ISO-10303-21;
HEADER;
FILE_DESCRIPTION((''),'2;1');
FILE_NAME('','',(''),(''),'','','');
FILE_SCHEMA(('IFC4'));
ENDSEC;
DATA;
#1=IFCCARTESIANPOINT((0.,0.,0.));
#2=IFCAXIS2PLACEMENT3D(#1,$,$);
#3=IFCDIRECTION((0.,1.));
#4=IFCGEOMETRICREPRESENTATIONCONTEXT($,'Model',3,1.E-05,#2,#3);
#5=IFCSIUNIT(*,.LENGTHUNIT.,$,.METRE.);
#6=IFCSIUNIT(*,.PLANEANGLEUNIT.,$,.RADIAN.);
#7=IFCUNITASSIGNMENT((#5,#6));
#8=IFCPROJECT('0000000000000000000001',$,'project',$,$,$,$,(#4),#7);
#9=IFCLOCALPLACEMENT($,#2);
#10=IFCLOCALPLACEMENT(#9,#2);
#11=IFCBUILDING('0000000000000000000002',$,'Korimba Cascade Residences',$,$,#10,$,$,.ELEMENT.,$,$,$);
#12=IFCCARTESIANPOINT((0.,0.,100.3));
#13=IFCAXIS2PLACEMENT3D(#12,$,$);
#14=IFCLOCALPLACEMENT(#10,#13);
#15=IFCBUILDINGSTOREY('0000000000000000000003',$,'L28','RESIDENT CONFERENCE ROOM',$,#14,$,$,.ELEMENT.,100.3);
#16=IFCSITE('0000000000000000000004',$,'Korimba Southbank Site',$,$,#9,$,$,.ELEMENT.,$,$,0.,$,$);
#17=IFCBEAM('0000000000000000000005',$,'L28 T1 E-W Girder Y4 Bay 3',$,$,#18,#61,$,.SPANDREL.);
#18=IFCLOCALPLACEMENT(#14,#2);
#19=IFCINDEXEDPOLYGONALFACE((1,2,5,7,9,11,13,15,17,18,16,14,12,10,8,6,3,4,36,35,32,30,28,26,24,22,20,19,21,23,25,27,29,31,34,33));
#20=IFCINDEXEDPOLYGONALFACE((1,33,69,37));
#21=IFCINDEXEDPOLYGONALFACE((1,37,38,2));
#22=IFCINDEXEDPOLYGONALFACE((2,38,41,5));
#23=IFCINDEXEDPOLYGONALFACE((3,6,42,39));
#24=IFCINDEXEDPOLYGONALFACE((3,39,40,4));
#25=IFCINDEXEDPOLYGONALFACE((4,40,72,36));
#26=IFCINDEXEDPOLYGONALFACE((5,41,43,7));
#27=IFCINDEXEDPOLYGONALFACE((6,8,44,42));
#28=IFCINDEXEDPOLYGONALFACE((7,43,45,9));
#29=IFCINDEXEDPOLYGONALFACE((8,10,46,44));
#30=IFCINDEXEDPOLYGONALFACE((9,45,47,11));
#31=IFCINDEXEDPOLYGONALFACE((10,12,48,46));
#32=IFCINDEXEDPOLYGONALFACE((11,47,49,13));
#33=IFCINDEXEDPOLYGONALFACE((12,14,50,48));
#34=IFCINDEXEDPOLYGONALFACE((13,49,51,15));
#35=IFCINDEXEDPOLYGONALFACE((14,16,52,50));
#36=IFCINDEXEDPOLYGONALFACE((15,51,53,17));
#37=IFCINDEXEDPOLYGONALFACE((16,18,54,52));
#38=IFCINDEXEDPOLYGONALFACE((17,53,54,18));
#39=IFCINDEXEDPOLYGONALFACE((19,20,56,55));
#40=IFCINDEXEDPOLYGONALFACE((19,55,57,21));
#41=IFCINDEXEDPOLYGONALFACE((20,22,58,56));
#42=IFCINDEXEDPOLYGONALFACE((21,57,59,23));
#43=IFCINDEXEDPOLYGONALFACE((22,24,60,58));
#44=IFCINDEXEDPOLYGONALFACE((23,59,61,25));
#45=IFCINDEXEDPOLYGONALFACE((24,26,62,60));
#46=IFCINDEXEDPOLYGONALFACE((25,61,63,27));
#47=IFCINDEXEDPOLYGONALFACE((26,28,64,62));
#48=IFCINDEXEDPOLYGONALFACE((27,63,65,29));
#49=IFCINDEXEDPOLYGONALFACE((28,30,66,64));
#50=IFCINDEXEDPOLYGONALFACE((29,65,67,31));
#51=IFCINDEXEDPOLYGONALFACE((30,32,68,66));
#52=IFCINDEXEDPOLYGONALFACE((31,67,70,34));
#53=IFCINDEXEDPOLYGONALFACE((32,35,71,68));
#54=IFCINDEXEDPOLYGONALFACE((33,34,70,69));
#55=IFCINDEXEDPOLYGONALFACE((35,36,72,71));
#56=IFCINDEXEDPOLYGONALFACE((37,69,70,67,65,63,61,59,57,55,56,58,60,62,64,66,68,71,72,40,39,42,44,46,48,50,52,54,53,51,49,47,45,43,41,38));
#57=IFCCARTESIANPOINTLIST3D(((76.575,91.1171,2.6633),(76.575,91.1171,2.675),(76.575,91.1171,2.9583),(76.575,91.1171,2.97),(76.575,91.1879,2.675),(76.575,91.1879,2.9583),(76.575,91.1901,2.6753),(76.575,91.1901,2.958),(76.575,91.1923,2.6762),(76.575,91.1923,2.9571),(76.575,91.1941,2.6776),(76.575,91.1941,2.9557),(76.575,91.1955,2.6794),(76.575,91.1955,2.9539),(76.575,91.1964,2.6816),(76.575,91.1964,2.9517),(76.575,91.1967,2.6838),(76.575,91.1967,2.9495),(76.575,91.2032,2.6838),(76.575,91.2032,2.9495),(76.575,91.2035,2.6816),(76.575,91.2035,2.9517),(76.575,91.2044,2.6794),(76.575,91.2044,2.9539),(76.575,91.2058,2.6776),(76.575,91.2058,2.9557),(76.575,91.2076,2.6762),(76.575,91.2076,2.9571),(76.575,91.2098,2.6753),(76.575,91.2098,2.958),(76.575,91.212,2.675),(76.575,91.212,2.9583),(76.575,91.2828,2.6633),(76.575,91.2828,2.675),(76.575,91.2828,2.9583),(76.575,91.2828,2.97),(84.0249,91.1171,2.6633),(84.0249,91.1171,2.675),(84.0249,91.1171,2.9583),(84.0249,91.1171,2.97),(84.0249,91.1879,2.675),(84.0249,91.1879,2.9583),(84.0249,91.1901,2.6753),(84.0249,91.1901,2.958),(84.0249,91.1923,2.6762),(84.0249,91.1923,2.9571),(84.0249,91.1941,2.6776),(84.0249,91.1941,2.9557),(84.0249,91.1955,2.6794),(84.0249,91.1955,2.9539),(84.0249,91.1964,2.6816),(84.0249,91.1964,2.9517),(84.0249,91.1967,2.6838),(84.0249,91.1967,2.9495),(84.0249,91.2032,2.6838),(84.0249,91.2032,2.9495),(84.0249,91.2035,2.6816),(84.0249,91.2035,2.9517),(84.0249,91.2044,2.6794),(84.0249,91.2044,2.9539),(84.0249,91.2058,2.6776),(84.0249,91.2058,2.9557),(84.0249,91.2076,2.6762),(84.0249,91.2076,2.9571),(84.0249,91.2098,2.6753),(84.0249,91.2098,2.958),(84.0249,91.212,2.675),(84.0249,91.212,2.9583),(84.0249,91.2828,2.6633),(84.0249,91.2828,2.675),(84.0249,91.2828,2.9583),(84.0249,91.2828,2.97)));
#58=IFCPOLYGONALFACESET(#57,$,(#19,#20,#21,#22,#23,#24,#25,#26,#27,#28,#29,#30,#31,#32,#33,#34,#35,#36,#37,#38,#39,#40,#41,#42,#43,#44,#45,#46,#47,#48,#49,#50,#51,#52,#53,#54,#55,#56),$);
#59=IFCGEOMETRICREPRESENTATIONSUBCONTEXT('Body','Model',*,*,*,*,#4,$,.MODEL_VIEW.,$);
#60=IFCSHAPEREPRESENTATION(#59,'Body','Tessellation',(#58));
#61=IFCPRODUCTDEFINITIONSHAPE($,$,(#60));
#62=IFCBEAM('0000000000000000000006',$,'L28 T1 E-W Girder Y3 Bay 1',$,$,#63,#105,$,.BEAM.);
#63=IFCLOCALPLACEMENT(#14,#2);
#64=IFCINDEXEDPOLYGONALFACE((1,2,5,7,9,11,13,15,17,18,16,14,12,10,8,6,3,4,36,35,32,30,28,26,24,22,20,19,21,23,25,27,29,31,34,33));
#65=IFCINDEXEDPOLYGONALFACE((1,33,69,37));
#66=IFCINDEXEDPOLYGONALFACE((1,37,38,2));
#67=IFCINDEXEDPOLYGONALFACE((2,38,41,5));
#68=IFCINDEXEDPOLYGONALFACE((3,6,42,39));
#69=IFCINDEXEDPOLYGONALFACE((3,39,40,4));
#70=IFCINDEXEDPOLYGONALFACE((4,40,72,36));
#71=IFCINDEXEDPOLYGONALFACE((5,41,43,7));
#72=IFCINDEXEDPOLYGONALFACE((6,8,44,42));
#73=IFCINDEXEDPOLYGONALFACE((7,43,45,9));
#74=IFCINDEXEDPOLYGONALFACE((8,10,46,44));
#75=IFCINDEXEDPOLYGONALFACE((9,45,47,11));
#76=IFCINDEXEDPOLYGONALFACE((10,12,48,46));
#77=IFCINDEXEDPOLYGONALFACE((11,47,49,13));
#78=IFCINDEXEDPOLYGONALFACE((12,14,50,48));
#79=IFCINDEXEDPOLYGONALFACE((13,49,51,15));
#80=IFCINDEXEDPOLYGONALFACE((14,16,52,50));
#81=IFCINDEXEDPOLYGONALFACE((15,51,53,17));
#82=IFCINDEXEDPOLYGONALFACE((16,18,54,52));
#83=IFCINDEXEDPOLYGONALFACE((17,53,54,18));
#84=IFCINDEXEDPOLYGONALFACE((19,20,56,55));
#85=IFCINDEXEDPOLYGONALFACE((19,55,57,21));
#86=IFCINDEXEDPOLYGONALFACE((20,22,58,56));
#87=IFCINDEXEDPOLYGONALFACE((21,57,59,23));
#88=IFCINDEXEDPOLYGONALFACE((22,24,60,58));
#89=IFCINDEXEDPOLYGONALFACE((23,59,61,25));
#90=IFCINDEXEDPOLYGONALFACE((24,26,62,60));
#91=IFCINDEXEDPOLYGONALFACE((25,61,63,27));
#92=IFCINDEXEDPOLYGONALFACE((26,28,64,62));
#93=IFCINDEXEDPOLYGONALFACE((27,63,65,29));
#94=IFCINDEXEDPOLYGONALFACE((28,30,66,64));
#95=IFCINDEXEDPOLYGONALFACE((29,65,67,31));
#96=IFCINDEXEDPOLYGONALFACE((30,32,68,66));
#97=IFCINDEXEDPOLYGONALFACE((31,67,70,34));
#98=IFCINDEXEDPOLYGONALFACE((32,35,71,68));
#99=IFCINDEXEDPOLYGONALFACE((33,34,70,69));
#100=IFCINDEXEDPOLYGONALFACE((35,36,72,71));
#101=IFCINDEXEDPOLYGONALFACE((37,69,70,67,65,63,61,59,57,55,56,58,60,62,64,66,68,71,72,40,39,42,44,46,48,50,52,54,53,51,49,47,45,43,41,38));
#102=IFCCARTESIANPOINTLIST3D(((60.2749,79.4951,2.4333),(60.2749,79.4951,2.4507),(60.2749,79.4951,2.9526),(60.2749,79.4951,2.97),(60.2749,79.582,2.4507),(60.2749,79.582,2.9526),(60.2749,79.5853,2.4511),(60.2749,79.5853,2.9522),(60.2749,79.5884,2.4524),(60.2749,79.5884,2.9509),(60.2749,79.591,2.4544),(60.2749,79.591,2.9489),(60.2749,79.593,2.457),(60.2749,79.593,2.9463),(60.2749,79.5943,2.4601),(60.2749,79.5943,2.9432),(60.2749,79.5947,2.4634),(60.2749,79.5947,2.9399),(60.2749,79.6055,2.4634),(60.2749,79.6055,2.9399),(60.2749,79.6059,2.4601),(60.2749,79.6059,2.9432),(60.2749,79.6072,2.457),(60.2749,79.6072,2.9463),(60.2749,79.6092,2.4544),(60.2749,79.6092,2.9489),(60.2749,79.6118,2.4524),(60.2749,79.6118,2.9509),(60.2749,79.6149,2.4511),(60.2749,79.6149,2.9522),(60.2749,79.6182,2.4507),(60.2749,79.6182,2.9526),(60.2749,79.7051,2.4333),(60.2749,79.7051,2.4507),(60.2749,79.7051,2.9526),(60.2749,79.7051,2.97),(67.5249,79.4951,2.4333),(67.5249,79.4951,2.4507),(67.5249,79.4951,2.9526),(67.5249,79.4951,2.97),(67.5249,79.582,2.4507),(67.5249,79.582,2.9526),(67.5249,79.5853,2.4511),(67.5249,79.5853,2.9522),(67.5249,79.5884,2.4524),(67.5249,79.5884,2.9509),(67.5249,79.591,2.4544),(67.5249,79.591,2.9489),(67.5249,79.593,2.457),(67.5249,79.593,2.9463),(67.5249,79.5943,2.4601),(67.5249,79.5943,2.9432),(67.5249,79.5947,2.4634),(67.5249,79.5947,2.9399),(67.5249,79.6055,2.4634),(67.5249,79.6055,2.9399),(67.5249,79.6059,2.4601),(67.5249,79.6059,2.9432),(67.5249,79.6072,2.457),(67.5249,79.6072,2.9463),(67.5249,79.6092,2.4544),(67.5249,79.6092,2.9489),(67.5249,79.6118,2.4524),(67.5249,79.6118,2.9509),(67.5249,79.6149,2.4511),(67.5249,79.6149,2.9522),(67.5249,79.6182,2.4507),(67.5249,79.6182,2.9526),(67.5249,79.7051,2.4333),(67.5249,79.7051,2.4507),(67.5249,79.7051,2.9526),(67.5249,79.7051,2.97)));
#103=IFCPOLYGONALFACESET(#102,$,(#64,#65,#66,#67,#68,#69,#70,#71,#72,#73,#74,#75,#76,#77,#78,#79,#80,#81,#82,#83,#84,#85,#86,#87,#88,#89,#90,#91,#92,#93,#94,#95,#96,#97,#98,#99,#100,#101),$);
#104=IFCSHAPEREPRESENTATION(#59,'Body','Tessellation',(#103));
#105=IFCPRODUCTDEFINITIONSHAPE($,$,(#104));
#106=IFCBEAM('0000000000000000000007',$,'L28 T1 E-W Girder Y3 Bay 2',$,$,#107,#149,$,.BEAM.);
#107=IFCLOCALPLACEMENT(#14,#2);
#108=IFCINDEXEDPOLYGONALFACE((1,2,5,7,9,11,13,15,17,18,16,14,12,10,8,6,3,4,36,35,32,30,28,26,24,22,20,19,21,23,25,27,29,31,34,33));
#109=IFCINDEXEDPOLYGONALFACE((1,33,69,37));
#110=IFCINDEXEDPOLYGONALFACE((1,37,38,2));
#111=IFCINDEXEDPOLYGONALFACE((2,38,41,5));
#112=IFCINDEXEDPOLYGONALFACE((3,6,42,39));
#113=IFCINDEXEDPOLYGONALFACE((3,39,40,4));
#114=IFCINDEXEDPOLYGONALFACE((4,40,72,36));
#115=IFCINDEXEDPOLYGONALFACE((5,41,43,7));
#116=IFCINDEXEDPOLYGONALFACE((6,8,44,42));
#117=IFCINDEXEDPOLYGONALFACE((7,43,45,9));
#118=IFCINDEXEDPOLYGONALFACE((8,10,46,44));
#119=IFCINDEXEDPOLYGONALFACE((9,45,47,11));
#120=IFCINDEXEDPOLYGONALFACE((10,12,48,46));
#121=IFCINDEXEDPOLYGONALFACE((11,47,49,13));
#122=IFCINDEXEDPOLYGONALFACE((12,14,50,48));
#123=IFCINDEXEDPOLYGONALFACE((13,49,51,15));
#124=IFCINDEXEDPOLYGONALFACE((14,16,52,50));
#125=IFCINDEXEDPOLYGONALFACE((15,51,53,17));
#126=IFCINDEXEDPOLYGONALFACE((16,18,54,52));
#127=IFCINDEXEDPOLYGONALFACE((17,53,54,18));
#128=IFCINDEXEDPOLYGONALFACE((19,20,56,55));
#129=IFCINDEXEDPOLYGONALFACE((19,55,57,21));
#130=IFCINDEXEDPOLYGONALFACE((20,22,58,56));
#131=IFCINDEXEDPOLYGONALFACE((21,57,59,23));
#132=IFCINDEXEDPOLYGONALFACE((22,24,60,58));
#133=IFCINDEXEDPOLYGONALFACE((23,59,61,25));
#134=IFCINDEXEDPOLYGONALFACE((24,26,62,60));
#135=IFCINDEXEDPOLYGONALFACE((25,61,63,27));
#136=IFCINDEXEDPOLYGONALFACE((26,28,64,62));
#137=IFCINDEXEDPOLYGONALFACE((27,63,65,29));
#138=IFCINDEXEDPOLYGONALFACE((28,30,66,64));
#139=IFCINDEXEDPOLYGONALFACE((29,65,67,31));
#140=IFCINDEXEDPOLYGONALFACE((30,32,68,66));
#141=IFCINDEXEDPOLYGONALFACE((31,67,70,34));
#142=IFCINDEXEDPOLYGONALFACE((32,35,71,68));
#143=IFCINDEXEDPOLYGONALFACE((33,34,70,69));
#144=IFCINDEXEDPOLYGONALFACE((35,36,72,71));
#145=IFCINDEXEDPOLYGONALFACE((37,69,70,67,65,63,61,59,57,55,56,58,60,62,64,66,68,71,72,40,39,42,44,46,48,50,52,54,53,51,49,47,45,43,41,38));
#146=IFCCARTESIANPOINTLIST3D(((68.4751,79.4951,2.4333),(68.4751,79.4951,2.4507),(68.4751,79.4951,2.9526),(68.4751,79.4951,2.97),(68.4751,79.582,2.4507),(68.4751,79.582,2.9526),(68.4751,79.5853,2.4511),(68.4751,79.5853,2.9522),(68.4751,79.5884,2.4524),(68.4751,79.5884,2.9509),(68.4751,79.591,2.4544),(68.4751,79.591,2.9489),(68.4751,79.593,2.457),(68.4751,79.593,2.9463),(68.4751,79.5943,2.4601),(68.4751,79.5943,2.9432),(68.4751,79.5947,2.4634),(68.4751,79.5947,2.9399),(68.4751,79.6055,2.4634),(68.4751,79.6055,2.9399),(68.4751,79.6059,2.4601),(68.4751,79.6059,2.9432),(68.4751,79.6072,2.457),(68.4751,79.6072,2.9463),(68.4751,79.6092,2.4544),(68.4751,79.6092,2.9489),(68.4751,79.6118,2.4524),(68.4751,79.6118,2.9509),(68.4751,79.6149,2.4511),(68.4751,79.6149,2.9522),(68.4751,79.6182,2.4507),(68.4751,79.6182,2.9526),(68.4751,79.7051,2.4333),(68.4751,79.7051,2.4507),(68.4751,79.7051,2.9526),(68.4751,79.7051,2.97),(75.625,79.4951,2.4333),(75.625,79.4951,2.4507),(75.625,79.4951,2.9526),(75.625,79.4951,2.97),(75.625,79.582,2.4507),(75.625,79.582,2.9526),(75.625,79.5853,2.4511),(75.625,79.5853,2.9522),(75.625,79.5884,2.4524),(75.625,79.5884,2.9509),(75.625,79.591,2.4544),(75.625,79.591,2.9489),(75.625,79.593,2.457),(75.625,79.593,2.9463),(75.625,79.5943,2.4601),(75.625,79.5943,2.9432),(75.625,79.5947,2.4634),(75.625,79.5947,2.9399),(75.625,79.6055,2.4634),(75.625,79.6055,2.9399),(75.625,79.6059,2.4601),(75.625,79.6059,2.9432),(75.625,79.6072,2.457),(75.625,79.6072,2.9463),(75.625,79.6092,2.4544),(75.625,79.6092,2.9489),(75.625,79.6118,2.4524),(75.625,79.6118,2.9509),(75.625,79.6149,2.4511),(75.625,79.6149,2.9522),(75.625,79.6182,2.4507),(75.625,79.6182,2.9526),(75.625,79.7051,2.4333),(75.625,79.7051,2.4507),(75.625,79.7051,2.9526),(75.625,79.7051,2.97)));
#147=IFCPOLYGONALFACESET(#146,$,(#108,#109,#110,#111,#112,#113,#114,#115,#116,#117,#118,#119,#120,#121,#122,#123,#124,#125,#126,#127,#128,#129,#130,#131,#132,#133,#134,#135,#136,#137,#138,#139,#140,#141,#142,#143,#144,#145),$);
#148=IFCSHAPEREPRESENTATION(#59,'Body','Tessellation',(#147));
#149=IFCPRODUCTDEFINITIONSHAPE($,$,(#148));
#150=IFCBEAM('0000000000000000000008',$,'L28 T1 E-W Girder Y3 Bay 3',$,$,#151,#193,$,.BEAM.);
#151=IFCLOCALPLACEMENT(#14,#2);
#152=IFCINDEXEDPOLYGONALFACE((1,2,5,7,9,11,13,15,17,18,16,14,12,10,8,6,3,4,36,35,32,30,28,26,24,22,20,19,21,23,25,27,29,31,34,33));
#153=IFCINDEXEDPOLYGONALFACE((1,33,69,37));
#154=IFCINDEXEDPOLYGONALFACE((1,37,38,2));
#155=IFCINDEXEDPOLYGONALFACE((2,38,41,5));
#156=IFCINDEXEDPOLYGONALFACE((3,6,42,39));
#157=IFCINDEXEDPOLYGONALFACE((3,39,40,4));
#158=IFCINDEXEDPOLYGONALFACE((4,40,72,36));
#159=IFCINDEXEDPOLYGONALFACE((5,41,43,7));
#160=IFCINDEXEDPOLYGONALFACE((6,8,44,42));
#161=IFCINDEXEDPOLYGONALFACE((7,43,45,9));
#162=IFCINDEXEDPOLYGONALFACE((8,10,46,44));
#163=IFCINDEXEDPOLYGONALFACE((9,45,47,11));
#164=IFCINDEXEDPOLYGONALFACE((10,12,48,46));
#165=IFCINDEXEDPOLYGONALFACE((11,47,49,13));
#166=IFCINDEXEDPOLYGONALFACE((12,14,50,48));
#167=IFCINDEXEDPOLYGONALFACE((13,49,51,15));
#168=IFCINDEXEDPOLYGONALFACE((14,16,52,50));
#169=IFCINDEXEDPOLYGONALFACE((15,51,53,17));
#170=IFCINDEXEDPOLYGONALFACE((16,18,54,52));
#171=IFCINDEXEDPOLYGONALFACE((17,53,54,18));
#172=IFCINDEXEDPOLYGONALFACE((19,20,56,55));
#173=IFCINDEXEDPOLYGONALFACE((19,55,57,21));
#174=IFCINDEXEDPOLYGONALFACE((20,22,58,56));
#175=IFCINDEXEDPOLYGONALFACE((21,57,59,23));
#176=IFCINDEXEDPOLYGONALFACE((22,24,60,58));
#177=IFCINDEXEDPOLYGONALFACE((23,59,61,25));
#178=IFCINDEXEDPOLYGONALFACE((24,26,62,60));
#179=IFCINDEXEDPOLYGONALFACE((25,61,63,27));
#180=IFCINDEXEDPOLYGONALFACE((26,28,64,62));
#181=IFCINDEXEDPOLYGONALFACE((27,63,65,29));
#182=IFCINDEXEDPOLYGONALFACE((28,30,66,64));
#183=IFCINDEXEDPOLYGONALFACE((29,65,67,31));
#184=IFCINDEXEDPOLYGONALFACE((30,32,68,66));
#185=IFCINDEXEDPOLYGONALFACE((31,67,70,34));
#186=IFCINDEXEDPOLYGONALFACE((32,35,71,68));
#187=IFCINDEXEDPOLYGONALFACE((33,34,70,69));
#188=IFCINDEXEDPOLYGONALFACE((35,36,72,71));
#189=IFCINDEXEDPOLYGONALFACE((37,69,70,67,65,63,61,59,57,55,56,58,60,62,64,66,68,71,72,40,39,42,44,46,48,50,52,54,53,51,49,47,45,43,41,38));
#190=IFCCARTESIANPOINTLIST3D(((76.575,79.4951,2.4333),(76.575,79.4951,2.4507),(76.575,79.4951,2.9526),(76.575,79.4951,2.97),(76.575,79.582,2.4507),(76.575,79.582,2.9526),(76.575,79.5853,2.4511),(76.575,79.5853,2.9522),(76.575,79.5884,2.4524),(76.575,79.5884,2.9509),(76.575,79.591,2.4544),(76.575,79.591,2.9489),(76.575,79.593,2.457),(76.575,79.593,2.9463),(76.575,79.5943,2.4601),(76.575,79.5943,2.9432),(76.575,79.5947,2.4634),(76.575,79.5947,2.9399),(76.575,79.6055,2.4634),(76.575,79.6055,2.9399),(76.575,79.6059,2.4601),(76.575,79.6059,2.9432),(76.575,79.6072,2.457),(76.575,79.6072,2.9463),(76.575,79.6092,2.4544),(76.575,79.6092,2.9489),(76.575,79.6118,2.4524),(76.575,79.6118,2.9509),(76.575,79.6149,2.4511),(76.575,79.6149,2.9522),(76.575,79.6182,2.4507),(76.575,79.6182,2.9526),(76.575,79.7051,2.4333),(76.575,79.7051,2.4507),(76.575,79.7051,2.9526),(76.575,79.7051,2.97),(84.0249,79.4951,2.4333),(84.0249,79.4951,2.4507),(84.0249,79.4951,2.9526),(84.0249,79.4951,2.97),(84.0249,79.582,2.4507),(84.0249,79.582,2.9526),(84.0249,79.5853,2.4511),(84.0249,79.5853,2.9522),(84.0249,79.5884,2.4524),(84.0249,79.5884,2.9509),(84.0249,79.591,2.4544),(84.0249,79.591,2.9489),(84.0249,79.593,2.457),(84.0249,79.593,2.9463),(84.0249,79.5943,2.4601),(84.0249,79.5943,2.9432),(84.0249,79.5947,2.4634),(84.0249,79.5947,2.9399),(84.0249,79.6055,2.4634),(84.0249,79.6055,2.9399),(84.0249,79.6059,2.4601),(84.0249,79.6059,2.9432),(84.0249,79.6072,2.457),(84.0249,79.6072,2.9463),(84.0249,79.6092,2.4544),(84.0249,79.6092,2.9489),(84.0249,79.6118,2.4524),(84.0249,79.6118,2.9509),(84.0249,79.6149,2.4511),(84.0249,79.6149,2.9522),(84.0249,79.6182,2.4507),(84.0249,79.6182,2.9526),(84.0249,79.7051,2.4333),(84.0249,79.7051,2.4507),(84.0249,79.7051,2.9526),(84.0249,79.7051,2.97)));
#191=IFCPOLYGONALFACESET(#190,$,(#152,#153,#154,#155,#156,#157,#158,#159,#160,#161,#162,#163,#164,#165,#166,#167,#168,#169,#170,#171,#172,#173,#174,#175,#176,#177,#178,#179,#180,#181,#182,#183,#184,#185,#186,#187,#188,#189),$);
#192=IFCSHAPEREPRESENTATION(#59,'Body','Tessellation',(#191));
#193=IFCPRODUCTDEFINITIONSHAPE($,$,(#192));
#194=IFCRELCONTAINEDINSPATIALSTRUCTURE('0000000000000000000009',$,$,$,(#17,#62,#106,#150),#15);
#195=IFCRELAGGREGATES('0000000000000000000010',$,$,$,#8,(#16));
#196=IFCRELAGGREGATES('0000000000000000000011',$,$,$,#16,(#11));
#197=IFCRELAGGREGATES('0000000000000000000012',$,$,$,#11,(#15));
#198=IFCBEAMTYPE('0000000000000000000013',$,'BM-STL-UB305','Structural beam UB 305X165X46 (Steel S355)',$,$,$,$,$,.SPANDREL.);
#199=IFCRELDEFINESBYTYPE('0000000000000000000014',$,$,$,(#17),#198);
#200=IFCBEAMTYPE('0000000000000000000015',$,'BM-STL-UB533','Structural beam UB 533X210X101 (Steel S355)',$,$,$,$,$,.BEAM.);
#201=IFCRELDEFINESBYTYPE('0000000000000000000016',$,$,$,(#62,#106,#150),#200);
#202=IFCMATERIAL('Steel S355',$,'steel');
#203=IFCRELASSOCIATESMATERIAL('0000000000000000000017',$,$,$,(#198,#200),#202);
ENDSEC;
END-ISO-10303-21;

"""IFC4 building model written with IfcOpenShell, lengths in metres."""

from ifc_helpers import new_model, si_unit, direction, frame, origin, origin_2d, place, context, subcontext, project, spatial, i_section, extrude, material, material_profile, profile_set, type_object, element, save


model = new_model("IFC4")

# Units and contexts
model_context = context("Model", 3, precision=1e-05, world=origin(), true_north=direction((0.0, 1.0)))
body_context = subcontext(model_context, "Body", "Model", "MODEL_VIEW")
ifc_project = project(units=[si_unit("LENGTHUNIT", "METRE"), si_unit("PLANEANGLEUNIT", "RADIAN")], contexts=[model_context])

# Site, building, storey
site_placement = place(None, origin())
site = spatial("IfcSite", under=ifc_project, at=site_placement, Name="Korimba Southbank Site", CompositionType="ELEMENT", RefElevation=0.0)
building_placement = place(site_placement, origin())
building = spatial("IfcBuilding", under=site, at=building_placement, Name="Korimba Cascade Residences", CompositionType="ELEMENT")
storey_placement = place(building_placement, frame((0.0, 0.0, 100.3)))
storey = spatial("IfcBuildingStorey", under=building, at=storey_placement, Name="L28", Description="RESIDENT CONFERENCE ROOM", CompositionType="ELEMENT", Elevation=100.3)

# Beams
ifc_material_1 = material(Name="Steel S355", Category="steel")
ifc_material_profile_1 = material_profile(ifc_material_1, i_section(OverallWidth=0.1658, OverallDepth=0.3066, WebThickness=0.0066, FlangeThickness=0.0117, FilletRadius=0.0088, at=origin_2d()), Name="Steel S355")
ifc_profile_set_1 = profile_set([ifc_material_profile_1], Name="Steel S355")
beam_type_1 = type_object("IfcBeamType", Name="BM-STL-UB305", Description="Structural beam UB 305X165X46 (Steel S355)", PredefinedType="SPANDREL", material=ifc_profile_set_1)
beam_1_placement = place(storey_placement, frame((76.575, 91.2, 2.8167), z_axis=(1.0, 0.0, 0.0), x_axis=(0.0, 1.0, 0.0)))
element("IfcBeam", 1, at=beam_1_placement, inside=storey, type_object=beam_type_1, Name="L28 T1 E-W Girder Y4 Bay 3", PredefinedType="SPANDREL", context=body_context, shape_type="SweptSolid", body=[
    extrude(i_section(OverallWidth=0.1658, OverallDepth=0.3066, WebThickness=0.0066, FlangeThickness=0.0117, FilletRadius=0.0088, at=origin_2d()), origin(), (0.0, 0.0, 1.0), 7.45),
])
ifc_material_profile_2 = material_profile(ifc_material_1, i_section(OverallWidth=0.21, OverallDepth=0.5366, WebThickness=0.0107, FlangeThickness=0.0173, FilletRadius=0.0127, at=origin_2d()), Name="Steel S355")
ifc_profile_set_2 = profile_set([ifc_material_profile_2], Name="Steel S355")
beam_type_2 = type_object("IfcBeamType", Name="BM-STL-UB533", Description="Structural beam UB 533X210X101 (Steel S355)", PredefinedType="BEAM", material=ifc_profile_set_2)
beam_2_placement = place(storey_placement, frame((60.2749, 79.6001, 2.7017), z_axis=(1.0, 0.0, 0.0), x_axis=(0.0, 1.0, 0.0)))
element("IfcBeam", 2, at=beam_2_placement, inside=storey, type_object=beam_type_2, Name="L28 T1 E-W Girder Y3 Bay 1", PredefinedType="BEAM", context=body_context, shape_type="SweptSolid", body=[
    extrude(i_section(OverallWidth=0.21, OverallDepth=0.5366, WebThickness=0.0107, FlangeThickness=0.0173, FilletRadius=0.0127, at=origin_2d()), origin(), (0.0, 0.0, 1.0), 7.25),
])
beam_3_placement = place(storey_placement, frame((68.4751, 79.6001, 2.7017), z_axis=(1.0, 0.0, 0.0), x_axis=(0.0, 1.0, 0.0)))
element("IfcBeam", 3, at=beam_3_placement, inside=storey, type_object=beam_type_2, Name="L28 T1 E-W Girder Y3 Bay 2", PredefinedType="BEAM", context=body_context, shape_type="SweptSolid", body=[
    extrude(i_section(OverallWidth=0.21, OverallDepth=0.5366, WebThickness=0.0107, FlangeThickness=0.0173, FilletRadius=0.0127, at=origin_2d()), origin(), (0.0, 0.0, 1.0), 7.1499),
])
beam_4_placement = place(storey_placement, frame((76.575, 79.6001, 2.7017), z_axis=(1.0, 0.0, 0.0), x_axis=(0.0, 1.0, 0.0)))
element("IfcBeam", 4, at=beam_4_placement, inside=storey, type_object=beam_type_2, Name="L28 T1 E-W Girder Y3 Bay 3", PredefinedType="BEAM", context=body_context, shape_type="SweptSolid", body=[
    extrude(i_section(OverallWidth=0.21, OverallDepth=0.5366, WebThickness=0.0107, FlangeThickness=0.0173, FilletRadius=0.0127, at=origin_2d()), origin(), (0.0, 0.0, 1.0), 7.45),
])

save(model, "model.ifc")
